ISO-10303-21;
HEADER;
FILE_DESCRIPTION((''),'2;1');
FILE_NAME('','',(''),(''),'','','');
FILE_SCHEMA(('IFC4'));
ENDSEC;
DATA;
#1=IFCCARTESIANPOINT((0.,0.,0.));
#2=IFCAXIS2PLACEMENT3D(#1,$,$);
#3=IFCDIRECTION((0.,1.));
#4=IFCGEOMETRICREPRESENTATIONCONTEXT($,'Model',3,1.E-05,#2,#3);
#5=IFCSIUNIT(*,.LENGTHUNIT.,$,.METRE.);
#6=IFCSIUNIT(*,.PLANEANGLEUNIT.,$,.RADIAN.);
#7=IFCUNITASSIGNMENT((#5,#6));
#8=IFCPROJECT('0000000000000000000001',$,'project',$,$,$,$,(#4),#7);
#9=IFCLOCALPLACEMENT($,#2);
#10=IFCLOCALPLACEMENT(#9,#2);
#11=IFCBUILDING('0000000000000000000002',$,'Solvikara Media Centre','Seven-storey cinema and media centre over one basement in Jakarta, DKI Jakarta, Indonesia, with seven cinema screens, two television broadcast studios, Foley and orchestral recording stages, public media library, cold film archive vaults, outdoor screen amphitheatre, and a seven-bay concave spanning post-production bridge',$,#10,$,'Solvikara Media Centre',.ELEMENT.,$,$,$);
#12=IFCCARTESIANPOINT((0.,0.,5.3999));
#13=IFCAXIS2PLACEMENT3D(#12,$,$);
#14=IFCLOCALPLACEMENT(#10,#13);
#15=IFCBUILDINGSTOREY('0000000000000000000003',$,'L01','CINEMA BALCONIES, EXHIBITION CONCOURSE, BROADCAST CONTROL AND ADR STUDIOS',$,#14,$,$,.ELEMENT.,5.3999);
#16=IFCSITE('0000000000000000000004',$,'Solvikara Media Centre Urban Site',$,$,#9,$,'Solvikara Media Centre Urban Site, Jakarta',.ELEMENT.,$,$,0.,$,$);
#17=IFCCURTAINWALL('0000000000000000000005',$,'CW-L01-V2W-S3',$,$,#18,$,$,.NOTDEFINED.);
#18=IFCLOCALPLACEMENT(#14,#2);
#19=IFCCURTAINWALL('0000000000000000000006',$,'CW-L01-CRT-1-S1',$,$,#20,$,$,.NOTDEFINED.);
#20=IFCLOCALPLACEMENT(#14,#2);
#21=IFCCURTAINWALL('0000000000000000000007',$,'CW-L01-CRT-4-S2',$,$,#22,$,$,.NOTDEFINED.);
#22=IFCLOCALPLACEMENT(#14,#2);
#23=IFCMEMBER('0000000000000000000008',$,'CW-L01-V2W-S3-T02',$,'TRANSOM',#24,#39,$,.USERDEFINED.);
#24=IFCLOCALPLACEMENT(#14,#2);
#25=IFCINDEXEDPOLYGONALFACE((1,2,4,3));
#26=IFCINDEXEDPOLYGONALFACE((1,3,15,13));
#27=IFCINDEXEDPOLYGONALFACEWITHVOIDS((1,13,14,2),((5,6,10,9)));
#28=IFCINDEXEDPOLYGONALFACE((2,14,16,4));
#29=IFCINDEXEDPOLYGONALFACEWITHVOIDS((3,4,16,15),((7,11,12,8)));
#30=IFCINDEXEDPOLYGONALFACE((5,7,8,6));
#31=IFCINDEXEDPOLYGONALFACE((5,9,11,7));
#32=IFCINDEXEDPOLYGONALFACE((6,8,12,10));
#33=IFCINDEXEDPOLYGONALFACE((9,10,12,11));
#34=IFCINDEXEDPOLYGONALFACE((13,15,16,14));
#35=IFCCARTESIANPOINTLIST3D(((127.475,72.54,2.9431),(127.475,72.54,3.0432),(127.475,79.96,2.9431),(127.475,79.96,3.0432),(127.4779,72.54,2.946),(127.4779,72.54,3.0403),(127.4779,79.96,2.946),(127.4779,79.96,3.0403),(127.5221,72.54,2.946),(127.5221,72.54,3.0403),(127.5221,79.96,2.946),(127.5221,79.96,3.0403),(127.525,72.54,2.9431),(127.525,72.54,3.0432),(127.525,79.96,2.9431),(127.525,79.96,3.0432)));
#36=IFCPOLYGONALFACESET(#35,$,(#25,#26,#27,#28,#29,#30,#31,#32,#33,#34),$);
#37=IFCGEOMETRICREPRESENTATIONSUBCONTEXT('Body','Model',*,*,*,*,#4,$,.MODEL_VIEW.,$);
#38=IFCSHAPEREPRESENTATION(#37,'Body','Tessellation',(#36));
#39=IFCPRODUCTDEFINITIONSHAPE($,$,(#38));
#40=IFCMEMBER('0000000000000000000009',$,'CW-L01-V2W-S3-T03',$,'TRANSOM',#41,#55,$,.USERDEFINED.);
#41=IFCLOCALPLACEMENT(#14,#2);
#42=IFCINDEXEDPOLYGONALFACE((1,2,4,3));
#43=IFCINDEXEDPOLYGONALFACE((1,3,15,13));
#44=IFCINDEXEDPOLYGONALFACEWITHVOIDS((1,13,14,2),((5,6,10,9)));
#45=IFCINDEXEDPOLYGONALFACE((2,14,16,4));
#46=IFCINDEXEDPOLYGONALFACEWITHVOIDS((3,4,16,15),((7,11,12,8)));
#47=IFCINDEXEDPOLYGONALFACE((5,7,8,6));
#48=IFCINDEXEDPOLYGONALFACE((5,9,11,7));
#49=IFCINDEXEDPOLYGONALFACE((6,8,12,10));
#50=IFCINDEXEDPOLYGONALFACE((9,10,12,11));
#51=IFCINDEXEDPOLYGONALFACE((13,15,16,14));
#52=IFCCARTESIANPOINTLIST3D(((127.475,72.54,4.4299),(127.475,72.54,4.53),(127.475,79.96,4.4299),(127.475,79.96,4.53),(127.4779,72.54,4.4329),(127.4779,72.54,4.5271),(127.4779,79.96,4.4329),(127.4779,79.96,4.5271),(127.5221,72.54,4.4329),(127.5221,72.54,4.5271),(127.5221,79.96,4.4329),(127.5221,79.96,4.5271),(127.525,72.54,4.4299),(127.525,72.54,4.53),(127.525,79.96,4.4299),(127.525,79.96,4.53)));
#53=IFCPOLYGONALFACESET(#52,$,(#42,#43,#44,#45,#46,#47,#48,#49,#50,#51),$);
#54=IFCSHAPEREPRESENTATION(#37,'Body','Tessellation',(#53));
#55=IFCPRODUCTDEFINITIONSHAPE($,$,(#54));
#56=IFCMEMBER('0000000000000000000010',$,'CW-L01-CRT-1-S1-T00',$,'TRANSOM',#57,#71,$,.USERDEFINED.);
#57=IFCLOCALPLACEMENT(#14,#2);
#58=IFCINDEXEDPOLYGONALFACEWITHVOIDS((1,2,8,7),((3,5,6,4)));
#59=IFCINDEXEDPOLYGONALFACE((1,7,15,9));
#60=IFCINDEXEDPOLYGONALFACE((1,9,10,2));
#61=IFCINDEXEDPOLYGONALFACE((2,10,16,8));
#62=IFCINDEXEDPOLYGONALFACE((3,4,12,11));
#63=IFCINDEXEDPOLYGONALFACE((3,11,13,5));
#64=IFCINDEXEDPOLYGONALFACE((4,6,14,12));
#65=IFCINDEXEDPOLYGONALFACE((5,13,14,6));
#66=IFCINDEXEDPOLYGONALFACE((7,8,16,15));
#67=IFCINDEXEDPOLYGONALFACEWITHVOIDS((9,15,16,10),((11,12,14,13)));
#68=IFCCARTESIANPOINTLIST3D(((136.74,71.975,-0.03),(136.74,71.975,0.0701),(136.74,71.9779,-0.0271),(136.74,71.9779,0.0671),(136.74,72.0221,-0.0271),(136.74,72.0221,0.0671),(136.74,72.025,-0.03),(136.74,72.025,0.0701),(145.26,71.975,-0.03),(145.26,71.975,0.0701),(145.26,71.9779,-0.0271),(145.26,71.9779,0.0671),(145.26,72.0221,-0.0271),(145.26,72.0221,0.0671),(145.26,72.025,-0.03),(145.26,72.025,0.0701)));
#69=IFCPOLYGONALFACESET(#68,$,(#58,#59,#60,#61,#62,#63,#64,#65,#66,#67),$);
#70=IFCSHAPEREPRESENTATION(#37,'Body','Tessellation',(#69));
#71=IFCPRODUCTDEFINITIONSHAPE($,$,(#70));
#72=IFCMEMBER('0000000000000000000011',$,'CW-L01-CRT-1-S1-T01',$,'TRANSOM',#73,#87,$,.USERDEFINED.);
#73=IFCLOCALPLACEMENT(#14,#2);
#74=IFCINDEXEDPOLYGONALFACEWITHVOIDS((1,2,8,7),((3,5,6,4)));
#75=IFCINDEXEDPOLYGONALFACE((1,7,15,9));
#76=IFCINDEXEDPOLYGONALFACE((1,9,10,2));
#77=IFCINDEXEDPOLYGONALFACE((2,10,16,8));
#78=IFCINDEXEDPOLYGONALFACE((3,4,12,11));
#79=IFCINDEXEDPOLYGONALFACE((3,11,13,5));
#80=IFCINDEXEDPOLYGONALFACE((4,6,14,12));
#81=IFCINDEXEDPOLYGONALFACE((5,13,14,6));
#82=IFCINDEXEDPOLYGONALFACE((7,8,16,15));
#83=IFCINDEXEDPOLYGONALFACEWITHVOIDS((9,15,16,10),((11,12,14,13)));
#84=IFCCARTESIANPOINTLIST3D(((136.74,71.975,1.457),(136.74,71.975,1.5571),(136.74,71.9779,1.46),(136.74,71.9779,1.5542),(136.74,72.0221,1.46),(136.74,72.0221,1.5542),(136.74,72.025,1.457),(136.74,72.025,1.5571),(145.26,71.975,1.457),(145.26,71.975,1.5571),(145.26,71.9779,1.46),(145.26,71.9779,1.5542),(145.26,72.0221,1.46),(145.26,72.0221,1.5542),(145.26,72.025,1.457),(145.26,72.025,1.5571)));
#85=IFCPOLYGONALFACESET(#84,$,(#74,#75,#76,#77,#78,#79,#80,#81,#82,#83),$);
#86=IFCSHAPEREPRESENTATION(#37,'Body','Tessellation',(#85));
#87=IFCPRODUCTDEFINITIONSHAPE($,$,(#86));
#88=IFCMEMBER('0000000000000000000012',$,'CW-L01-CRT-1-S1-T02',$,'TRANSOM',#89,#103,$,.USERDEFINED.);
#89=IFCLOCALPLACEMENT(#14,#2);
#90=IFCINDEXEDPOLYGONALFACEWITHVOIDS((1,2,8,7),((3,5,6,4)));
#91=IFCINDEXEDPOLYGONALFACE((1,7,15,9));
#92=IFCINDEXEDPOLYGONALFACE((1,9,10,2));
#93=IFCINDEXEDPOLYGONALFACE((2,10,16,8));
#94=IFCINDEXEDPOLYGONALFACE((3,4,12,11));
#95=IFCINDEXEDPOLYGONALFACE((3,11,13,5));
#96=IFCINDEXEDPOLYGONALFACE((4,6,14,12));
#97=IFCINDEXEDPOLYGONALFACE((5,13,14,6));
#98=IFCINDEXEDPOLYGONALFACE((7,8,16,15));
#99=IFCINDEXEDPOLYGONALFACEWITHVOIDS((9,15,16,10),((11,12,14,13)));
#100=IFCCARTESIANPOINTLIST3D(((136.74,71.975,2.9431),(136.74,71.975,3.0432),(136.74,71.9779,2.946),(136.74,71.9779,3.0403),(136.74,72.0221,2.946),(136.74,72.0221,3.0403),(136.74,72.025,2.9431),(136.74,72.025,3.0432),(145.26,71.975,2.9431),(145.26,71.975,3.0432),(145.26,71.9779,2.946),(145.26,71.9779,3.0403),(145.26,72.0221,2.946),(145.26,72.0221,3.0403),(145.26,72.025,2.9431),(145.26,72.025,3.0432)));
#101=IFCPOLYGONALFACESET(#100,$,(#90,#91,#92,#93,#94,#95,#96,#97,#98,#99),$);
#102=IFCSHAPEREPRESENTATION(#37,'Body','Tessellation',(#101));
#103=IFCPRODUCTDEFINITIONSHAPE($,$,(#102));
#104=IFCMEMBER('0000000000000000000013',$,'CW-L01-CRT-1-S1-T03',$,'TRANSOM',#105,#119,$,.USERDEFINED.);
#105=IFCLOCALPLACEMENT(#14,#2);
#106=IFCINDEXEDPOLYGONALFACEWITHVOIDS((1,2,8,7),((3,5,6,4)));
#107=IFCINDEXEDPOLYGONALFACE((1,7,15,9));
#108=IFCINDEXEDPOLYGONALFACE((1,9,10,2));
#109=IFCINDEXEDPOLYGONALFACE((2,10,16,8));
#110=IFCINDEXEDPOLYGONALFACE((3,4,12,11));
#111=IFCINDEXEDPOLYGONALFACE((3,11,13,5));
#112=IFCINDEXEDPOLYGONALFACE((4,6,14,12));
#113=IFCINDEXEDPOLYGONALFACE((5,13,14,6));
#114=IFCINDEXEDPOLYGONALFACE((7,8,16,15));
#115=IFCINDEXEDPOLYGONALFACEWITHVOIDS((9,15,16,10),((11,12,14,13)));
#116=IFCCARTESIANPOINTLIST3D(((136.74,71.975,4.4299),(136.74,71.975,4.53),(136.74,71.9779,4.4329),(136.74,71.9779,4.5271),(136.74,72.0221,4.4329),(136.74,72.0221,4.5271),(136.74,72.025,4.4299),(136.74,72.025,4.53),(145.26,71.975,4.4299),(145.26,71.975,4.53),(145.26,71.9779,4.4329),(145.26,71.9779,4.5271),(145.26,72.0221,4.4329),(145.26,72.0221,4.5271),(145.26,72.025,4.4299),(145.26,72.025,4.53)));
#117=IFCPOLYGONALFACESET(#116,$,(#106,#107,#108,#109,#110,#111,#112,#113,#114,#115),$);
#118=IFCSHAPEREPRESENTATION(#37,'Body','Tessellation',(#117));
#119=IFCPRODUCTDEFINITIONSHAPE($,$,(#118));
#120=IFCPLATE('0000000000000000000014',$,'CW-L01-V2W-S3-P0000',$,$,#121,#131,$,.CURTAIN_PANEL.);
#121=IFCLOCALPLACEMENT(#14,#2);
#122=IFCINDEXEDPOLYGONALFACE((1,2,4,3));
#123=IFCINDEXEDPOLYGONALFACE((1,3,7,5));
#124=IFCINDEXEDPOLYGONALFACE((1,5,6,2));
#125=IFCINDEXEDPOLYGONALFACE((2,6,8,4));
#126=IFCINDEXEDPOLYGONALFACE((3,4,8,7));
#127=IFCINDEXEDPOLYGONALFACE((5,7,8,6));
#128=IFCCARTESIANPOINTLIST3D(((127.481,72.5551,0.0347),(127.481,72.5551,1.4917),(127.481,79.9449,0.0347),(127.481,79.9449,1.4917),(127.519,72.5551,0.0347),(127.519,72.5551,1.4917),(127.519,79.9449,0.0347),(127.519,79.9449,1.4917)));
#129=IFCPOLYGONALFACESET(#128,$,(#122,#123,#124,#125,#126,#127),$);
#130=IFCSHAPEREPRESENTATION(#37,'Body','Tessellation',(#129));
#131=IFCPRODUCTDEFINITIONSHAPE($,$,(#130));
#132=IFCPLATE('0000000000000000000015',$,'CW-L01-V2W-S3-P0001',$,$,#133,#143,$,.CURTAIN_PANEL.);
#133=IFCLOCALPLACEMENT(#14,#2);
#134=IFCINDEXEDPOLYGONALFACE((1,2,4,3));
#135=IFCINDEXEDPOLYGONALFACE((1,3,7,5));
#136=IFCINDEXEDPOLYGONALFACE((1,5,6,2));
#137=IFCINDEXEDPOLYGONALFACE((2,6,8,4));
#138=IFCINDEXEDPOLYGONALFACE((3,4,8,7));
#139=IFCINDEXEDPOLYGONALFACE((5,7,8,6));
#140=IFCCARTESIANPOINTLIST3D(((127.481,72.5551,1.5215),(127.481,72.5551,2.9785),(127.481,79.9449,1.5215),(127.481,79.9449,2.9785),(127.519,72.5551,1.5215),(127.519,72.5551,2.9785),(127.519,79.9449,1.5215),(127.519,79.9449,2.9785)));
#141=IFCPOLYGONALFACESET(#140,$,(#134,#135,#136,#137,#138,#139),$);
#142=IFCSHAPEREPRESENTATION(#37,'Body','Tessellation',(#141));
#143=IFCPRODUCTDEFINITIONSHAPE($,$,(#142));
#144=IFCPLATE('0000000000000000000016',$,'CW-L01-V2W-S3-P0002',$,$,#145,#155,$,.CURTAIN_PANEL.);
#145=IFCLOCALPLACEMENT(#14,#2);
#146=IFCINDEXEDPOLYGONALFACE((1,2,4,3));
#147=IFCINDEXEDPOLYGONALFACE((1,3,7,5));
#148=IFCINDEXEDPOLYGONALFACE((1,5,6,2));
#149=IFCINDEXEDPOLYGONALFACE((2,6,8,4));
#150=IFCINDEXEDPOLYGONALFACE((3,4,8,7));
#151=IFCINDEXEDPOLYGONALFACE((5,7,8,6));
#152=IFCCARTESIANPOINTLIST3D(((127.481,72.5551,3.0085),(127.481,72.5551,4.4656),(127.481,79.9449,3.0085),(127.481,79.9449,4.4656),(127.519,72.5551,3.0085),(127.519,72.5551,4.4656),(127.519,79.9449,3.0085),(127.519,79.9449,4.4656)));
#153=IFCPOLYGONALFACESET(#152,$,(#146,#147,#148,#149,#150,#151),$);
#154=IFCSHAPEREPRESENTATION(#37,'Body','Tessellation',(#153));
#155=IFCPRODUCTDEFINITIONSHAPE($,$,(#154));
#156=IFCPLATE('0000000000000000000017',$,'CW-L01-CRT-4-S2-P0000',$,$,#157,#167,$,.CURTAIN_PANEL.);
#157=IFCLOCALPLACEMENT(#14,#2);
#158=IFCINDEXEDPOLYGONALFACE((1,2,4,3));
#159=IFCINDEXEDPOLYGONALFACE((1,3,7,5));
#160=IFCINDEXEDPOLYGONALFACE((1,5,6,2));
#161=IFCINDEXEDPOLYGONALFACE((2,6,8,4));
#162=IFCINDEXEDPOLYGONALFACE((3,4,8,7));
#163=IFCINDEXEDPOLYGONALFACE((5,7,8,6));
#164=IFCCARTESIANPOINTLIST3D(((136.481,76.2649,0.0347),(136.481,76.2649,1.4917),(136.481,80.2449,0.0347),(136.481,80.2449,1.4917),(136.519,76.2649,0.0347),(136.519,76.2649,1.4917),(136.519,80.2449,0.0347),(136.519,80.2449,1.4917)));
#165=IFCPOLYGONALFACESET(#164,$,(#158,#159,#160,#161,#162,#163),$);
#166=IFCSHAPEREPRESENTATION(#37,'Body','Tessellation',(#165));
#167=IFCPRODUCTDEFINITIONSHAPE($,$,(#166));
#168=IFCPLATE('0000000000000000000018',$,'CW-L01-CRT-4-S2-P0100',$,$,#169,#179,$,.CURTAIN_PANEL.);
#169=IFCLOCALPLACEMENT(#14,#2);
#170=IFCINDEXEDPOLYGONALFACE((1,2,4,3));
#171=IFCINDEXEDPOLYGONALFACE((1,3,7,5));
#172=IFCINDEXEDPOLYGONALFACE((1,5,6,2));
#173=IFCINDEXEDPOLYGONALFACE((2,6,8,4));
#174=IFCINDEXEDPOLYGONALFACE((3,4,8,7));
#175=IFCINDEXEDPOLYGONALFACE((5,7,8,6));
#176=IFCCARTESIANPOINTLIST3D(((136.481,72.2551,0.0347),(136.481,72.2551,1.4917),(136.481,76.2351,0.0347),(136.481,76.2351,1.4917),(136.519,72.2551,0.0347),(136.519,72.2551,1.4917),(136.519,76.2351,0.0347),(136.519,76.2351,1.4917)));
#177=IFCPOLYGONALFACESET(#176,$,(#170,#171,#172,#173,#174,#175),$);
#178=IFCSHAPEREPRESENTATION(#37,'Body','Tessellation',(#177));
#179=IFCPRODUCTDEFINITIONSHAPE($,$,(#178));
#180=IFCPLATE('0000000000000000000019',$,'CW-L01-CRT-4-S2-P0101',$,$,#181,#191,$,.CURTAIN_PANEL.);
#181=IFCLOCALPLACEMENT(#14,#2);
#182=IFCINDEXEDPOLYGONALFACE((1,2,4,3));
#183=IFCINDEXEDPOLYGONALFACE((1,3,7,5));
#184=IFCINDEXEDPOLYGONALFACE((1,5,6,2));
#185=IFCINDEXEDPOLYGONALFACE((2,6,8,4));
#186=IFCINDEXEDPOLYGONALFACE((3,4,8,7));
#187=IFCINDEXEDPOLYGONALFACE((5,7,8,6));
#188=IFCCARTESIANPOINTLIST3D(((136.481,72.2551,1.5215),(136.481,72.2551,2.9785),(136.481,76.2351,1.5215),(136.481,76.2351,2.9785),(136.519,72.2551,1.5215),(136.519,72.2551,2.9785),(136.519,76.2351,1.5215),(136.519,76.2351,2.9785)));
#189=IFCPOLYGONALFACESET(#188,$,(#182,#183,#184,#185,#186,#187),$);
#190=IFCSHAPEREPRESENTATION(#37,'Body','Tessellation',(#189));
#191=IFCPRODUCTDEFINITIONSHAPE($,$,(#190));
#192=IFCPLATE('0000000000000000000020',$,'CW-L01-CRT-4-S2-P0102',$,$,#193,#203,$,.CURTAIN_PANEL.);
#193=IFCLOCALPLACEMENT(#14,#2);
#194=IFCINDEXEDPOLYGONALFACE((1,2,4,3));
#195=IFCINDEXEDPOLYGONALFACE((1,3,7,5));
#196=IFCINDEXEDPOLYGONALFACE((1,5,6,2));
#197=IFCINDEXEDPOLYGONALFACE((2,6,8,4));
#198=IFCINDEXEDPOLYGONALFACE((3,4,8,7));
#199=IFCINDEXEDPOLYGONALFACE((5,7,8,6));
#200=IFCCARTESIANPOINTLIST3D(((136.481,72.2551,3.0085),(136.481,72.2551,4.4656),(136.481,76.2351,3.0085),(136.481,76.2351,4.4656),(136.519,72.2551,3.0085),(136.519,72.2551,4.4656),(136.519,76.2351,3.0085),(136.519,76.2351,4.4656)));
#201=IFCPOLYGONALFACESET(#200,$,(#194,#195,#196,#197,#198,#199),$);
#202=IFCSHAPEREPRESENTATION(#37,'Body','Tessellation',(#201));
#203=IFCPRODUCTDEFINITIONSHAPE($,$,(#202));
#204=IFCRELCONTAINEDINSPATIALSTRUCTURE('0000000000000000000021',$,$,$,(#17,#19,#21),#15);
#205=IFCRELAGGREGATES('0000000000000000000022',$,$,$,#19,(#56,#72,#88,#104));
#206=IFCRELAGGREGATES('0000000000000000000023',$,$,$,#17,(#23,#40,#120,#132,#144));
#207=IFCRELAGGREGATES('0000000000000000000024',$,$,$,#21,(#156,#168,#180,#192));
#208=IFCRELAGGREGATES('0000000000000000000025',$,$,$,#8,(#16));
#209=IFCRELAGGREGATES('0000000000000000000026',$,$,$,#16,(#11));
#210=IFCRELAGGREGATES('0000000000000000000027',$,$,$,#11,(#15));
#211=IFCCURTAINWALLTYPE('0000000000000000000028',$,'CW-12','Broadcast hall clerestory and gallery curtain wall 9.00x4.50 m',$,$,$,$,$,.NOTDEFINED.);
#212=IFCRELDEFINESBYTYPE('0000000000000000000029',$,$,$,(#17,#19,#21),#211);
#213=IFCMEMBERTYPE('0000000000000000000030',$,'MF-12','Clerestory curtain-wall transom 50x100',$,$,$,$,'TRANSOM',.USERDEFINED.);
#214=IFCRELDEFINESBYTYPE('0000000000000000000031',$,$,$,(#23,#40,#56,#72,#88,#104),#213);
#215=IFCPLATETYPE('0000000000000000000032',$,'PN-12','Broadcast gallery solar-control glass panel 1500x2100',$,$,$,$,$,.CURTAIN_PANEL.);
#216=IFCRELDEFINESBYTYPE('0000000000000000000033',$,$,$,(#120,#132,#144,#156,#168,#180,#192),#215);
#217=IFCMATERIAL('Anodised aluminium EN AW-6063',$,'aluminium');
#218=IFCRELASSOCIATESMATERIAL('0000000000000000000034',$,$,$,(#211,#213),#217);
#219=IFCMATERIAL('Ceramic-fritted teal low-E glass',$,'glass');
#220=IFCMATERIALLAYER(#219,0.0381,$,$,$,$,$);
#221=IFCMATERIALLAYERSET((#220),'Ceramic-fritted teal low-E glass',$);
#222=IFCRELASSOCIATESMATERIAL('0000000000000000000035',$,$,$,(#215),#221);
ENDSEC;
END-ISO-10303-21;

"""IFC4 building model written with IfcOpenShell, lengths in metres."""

from ifc_helpers import new_model, si_unit, direction, frame, origin, origin_2d, place, context, subcontext, project, spatial, rectangle, hollow_rectangle, extrude, material, layer, layer_set, material_profile, profile_set, type_object, element, aggregate, save


model = new_model("IFC4")

# Units and contexts
model_context = context("Model", 3, precision=1e-05, world=origin(), true_north=direction((0.0, 1.0)))
body_context = subcontext(model_context, "Body", "Model", "MODEL_VIEW")
ifc_project = project(units=[si_unit("LENGTHUNIT", "METRE"), si_unit("PLANEANGLEUNIT", "RADIAN")], contexts=[model_context])

# Site, building, storey
site_placement = place(None, origin())
site = spatial("IfcSite", under=ifc_project, at=site_placement, Name="Solvikara Media Centre Urban Site", LongName="Solvikara Media Centre Urban Site, Jakarta", CompositionType="ELEMENT", RefElevation=0.0)
building_placement = place(site_placement, origin())
building = spatial("IfcBuilding", under=site, at=building_placement, Name="Solvikara Media Centre", Description="Seven-storey cinema and media centre over one basement in Jakarta, DKI Jakarta, Indonesia, with seven cinema screens, two television broadcast studios, Foley and orchestral recording stages, public media library, cold film archive vaults, outdoor screen amphitheatre, and a seven-bay concave spanning post-production bridge", LongName="Solvikara Media Centre", CompositionType="ELEMENT")
storey_placement = place(building_placement, frame((0.0, 0.0, 5.3999)))
storey = spatial("IfcBuildingStorey", under=building, at=storey_placement, Name="L01", Description="CINEMA BALCONIES, EXHIBITION CONCOURSE, BROADCAST CONTROL AND ADR STUDIOS", CompositionType="ELEMENT", Elevation=5.3999)

# Curtain walls
ifc_material_1 = material(Name="Anodised aluminium EN AW-6063", Category="aluminium")
curtain_wall_type = type_object("IfcCurtainWallType", Name="CW-12", Description="Broadcast hall clerestory and gallery curtain wall 9.00x4.50 m", PredefinedType="NOTDEFINED", material=ifc_material_1)
curtain_wall_1_placement = place(storey_placement, origin())
curtain_wall_1 = element("IfcCurtainWall", 1, at=curtain_wall_1_placement, inside=storey, type_object=curtain_wall_type, Name="CW-L01-V2W-S3", PredefinedType="NOTDEFINED")
curtain_wall_2_placement = place(storey_placement, origin())
curtain_wall_2 = element("IfcCurtainWall", 2, at=curtain_wall_2_placement, inside=storey, type_object=curtain_wall_type, Name="CW-L01-CRT-1-S1", PredefinedType="NOTDEFINED")

# Curtain wall
curtain_wall_3_placement = place(storey_placement, origin())
curtain_wall_3 = element("IfcCurtainWall", 3, at=curtain_wall_3_placement, inside=storey, type_object=curtain_wall_type, Name="CW-L01-CRT-4-S2", PredefinedType="NOTDEFINED")

# Members
ifc_material_profile_1 = material_profile(ifc_material_1, hollow_rectangle(XDim=0.05, YDim=0.1001, WallThickness=0.0029, at=origin_2d()), Name="ALU-T 50x100x3")
ifc_profile_set_1 = profile_set([ifc_material_profile_1], Name="Anodised aluminium EN AW-6063")
member_type_1 = type_object("IfcMemberType", Name="MF-12", Description="Clerestory curtain-wall transom 50x100", ElementType="TRANSOM", PredefinedType="USERDEFINED", material=ifc_profile_set_1)
member_1_placement = place(storey_placement, frame((127.5, 72.54, 2.9932), z_axis=(0.0, 1.0, 0.0), x_axis=(-1.0, 0.0, 0.0)))
member_1 = element("IfcMember", 4, at=member_1_placement, type_object=member_type_1, Name="CW-L01-V2W-S3-T02", ObjectType="TRANSOM", PredefinedType="USERDEFINED", context=body_context, shape_type="SweptSolid", body=[
    extrude(hollow_rectangle(XDim=0.05, YDim=0.1001, WallThickness=0.0029, at=origin_2d()), origin(), (0.0, 0.0, 1.0), 7.4199),
])
member_2_placement = place(storey_placement, frame((127.5, 72.54, 4.48), z_axis=(0.0, 1.0, 0.0), x_axis=(-1.0, 0.0, 0.0)))
member_2 = element("IfcMember", 5, at=member_2_placement, type_object=member_type_1, Name="CW-L01-V2W-S3-T03", ObjectType="TRANSOM", PredefinedType="USERDEFINED", context=body_context, shape_type="SweptSolid", body=[
    extrude(hollow_rectangle(XDim=0.05, YDim=0.1001, WallThickness=0.0029, at=origin_2d()), origin(), (0.0, 0.0, 1.0), 7.4199),
])
member_3_placement = place(storey_placement, frame((136.74, 72.0, 0.02), z_axis=(1.0, 0.0, 0.0), x_axis=(0.0, 1.0, 0.0)))
member_3 = element("IfcMember", 6, at=member_3_placement, type_object=member_type_1, Name="CW-L01-CRT-1-S1-T00", ObjectType="TRANSOM", PredefinedType="USERDEFINED", context=body_context, shape_type="SweptSolid", body=[
    extrude(hollow_rectangle(XDim=0.05, YDim=0.1001, WallThickness=0.0029, at=origin_2d()), origin(), (0.0, 0.0, 1.0), 8.52),
])
member_4_placement = place(storey_placement, frame((136.74, 72.0, 1.5071), z_axis=(1.0, 0.0, 0.0), x_axis=(0.0, 1.0, 0.0)))
member_4 = element("IfcMember", 7, at=member_4_placement, type_object=member_type_1, Name="CW-L01-CRT-1-S1-T01", ObjectType="TRANSOM", PredefinedType="USERDEFINED", context=body_context, shape_type="SweptSolid", body=[
    extrude(hollow_rectangle(XDim=0.05, YDim=0.1001, WallThickness=0.0029, at=origin_2d()), origin(), (0.0, 0.0, 1.0), 8.52),
])
member_5_placement = place(storey_placement, frame((136.74, 72.0, 2.9932), z_axis=(1.0, 0.0, 0.0), x_axis=(0.0, 1.0, 0.0)))
member_5 = element("IfcMember", 8, at=member_5_placement, type_object=member_type_1, Name="CW-L01-CRT-1-S1-T02", ObjectType="TRANSOM", PredefinedType="USERDEFINED", context=body_context, shape_type="SweptSolid", body=[
    extrude(hollow_rectangle(XDim=0.05, YDim=0.1001, WallThickness=0.0029, at=origin_2d()), origin(), (0.0, 0.0, 1.0), 8.52),
])
member_6_placement = place(storey_placement, frame((136.74, 72.0, 4.48), z_axis=(1.0, 0.0, 0.0), x_axis=(0.0, 1.0, 0.0)))
member_6 = element("IfcMember", 9, at=member_6_placement, type_object=member_type_1, Name="CW-L01-CRT-1-S1-T03", ObjectType="TRANSOM", PredefinedType="USERDEFINED", context=body_context, shape_type="SweptSolid", body=[
    extrude(hollow_rectangle(XDim=0.05, YDim=0.1001, WallThickness=0.0029, at=origin_2d()), origin(), (0.0, 0.0, 1.0), 8.52),
])
aggregate(curtain_wall_2, [member_3, member_4, member_5, member_6])

# Plates
ifc_material_2 = material(Name="Ceramic-fritted teal low-E glass", Category="glass")
ifc_layer = layer(ifc_material_2, 0.0381)
ifc_layer_set = layer_set([ifc_layer], Name="Ceramic-fritted teal low-E glass")
plate_type = type_object("IfcPlateType", Name="PN-12", Description="Broadcast gallery solar-control glass panel 1500x2100", PredefinedType="CURTAIN_PANEL", material=ifc_layer_set)
plate_1_placement = place(storey_placement, frame((127.5, 76.25, 0.0347), z_axis=(0.0, 0.0, 1.0), x_axis=(0.0, 1.0, 0.0)))
plate_1 = element("IfcPlate", 10, at=plate_1_placement, type_object=plate_type, Name="CW-L01-V2W-S3-P0000", PredefinedType="CURTAIN_PANEL", context=body_context, shape_type="SweptSolid", body=[
    extrude(rectangle(XDim=7.3899, YDim=0.0381, at=origin_2d()), origin(), (0.0, 0.0, 1.0), 1.457),
])
plate_2_placement = place(storey_placement, frame((127.5, 76.25, 1.5215), z_axis=(0.0, 0.0, 1.0), x_axis=(0.0, 1.0, 0.0)))
plate_2 = element("IfcPlate", 11, at=plate_2_placement, type_object=plate_type, Name="CW-L01-V2W-S3-P0001", PredefinedType="CURTAIN_PANEL", context=body_context, shape_type="SweptSolid", body=[
    extrude(rectangle(XDim=7.3899, YDim=0.0381, at=origin_2d()), origin(), (0.0, 0.0, 1.0), 1.457),
])
plate_3_placement = place(storey_placement, frame((127.5, 76.25, 3.0085), z_axis=(0.0, 0.0, 1.0), x_axis=(0.0, 1.0, 0.0)))
plate_3 = element("IfcPlate", 12, at=plate_3_placement, type_object=plate_type, Name="CW-L01-V2W-S3-P0002", PredefinedType="CURTAIN_PANEL", context=body_context, shape_type="SweptSolid", body=[
    extrude(rectangle(XDim=7.3899, YDim=0.0381, at=origin_2d()), origin(), (0.0, 0.0, 1.0), 1.457),
])
aggregate(curtain_wall_1, [member_1, member_2, plate_1, plate_2, plate_3])
plate_4_placement = place(storey_placement, frame((136.5, 78.2549, 0.0347), z_axis=(0.0, 0.0, 1.0), x_axis=(0.0, -1.0, 0.0)))
plate_4 = element("IfcPlate", 13, at=plate_4_placement, type_object=plate_type, Name="CW-L01-CRT-4-S2-P0000", PredefinedType="CURTAIN_PANEL", context=body_context, shape_type="SweptSolid", body=[
    extrude(rectangle(XDim=3.98, YDim=0.0381, at=origin_2d()), origin(), (0.0, 0.0, 1.0), 1.457),
])
plate_5_placement = place(storey_placement, frame((136.5, 74.2451, 0.0347), z_axis=(0.0, 0.0, 1.0), x_axis=(0.0, -1.0, 0.0)))
plate_5 = element("IfcPlate", 14, at=plate_5_placement, type_object=plate_type, Name="CW-L01-CRT-4-S2-P0100", PredefinedType="CURTAIN_PANEL", context=body_context, shape_type="SweptSolid", body=[
    extrude(rectangle(XDim=3.98, YDim=0.0381, at=origin_2d()), origin(), (0.0, 0.0, 1.0), 1.457),
])
plate_6_placement = place(storey_placement, frame((136.5, 74.2451, 1.5215), z_axis=(0.0, 0.0, 1.0), x_axis=(0.0, -1.0, 0.0)))
plate_6 = element("IfcPlate", 15, at=plate_6_placement, type_object=plate_type, Name="CW-L01-CRT-4-S2-P0101", PredefinedType="CURTAIN_PANEL", context=body_context, shape_type="SweptSolid", body=[
    extrude(rectangle(XDim=3.98, YDim=0.0381, at=origin_2d()), origin(), (0.0, 0.0, 1.0), 1.457),
])
plate_7_placement = place(storey_placement, frame((136.5, 74.2451, 3.0085), z_axis=(0.0, 0.0, 1.0), x_axis=(0.0, -1.0, 0.0)))
plate_7 = element("IfcPlate", 16, at=plate_7_placement, type_object=plate_type, Name="CW-L01-CRT-4-S2-P0102", PredefinedType="CURTAIN_PANEL", context=body_context, shape_type="SweptSolid", body=[
    extrude(rectangle(XDim=3.98, YDim=0.0381, at=origin_2d()), origin(), (0.0, 0.0, 1.0), 1.457),
])
aggregate(curtain_wall_3, [plate_4, plate_5, plate_6, plate_7])

save(model, "model.ifc")
